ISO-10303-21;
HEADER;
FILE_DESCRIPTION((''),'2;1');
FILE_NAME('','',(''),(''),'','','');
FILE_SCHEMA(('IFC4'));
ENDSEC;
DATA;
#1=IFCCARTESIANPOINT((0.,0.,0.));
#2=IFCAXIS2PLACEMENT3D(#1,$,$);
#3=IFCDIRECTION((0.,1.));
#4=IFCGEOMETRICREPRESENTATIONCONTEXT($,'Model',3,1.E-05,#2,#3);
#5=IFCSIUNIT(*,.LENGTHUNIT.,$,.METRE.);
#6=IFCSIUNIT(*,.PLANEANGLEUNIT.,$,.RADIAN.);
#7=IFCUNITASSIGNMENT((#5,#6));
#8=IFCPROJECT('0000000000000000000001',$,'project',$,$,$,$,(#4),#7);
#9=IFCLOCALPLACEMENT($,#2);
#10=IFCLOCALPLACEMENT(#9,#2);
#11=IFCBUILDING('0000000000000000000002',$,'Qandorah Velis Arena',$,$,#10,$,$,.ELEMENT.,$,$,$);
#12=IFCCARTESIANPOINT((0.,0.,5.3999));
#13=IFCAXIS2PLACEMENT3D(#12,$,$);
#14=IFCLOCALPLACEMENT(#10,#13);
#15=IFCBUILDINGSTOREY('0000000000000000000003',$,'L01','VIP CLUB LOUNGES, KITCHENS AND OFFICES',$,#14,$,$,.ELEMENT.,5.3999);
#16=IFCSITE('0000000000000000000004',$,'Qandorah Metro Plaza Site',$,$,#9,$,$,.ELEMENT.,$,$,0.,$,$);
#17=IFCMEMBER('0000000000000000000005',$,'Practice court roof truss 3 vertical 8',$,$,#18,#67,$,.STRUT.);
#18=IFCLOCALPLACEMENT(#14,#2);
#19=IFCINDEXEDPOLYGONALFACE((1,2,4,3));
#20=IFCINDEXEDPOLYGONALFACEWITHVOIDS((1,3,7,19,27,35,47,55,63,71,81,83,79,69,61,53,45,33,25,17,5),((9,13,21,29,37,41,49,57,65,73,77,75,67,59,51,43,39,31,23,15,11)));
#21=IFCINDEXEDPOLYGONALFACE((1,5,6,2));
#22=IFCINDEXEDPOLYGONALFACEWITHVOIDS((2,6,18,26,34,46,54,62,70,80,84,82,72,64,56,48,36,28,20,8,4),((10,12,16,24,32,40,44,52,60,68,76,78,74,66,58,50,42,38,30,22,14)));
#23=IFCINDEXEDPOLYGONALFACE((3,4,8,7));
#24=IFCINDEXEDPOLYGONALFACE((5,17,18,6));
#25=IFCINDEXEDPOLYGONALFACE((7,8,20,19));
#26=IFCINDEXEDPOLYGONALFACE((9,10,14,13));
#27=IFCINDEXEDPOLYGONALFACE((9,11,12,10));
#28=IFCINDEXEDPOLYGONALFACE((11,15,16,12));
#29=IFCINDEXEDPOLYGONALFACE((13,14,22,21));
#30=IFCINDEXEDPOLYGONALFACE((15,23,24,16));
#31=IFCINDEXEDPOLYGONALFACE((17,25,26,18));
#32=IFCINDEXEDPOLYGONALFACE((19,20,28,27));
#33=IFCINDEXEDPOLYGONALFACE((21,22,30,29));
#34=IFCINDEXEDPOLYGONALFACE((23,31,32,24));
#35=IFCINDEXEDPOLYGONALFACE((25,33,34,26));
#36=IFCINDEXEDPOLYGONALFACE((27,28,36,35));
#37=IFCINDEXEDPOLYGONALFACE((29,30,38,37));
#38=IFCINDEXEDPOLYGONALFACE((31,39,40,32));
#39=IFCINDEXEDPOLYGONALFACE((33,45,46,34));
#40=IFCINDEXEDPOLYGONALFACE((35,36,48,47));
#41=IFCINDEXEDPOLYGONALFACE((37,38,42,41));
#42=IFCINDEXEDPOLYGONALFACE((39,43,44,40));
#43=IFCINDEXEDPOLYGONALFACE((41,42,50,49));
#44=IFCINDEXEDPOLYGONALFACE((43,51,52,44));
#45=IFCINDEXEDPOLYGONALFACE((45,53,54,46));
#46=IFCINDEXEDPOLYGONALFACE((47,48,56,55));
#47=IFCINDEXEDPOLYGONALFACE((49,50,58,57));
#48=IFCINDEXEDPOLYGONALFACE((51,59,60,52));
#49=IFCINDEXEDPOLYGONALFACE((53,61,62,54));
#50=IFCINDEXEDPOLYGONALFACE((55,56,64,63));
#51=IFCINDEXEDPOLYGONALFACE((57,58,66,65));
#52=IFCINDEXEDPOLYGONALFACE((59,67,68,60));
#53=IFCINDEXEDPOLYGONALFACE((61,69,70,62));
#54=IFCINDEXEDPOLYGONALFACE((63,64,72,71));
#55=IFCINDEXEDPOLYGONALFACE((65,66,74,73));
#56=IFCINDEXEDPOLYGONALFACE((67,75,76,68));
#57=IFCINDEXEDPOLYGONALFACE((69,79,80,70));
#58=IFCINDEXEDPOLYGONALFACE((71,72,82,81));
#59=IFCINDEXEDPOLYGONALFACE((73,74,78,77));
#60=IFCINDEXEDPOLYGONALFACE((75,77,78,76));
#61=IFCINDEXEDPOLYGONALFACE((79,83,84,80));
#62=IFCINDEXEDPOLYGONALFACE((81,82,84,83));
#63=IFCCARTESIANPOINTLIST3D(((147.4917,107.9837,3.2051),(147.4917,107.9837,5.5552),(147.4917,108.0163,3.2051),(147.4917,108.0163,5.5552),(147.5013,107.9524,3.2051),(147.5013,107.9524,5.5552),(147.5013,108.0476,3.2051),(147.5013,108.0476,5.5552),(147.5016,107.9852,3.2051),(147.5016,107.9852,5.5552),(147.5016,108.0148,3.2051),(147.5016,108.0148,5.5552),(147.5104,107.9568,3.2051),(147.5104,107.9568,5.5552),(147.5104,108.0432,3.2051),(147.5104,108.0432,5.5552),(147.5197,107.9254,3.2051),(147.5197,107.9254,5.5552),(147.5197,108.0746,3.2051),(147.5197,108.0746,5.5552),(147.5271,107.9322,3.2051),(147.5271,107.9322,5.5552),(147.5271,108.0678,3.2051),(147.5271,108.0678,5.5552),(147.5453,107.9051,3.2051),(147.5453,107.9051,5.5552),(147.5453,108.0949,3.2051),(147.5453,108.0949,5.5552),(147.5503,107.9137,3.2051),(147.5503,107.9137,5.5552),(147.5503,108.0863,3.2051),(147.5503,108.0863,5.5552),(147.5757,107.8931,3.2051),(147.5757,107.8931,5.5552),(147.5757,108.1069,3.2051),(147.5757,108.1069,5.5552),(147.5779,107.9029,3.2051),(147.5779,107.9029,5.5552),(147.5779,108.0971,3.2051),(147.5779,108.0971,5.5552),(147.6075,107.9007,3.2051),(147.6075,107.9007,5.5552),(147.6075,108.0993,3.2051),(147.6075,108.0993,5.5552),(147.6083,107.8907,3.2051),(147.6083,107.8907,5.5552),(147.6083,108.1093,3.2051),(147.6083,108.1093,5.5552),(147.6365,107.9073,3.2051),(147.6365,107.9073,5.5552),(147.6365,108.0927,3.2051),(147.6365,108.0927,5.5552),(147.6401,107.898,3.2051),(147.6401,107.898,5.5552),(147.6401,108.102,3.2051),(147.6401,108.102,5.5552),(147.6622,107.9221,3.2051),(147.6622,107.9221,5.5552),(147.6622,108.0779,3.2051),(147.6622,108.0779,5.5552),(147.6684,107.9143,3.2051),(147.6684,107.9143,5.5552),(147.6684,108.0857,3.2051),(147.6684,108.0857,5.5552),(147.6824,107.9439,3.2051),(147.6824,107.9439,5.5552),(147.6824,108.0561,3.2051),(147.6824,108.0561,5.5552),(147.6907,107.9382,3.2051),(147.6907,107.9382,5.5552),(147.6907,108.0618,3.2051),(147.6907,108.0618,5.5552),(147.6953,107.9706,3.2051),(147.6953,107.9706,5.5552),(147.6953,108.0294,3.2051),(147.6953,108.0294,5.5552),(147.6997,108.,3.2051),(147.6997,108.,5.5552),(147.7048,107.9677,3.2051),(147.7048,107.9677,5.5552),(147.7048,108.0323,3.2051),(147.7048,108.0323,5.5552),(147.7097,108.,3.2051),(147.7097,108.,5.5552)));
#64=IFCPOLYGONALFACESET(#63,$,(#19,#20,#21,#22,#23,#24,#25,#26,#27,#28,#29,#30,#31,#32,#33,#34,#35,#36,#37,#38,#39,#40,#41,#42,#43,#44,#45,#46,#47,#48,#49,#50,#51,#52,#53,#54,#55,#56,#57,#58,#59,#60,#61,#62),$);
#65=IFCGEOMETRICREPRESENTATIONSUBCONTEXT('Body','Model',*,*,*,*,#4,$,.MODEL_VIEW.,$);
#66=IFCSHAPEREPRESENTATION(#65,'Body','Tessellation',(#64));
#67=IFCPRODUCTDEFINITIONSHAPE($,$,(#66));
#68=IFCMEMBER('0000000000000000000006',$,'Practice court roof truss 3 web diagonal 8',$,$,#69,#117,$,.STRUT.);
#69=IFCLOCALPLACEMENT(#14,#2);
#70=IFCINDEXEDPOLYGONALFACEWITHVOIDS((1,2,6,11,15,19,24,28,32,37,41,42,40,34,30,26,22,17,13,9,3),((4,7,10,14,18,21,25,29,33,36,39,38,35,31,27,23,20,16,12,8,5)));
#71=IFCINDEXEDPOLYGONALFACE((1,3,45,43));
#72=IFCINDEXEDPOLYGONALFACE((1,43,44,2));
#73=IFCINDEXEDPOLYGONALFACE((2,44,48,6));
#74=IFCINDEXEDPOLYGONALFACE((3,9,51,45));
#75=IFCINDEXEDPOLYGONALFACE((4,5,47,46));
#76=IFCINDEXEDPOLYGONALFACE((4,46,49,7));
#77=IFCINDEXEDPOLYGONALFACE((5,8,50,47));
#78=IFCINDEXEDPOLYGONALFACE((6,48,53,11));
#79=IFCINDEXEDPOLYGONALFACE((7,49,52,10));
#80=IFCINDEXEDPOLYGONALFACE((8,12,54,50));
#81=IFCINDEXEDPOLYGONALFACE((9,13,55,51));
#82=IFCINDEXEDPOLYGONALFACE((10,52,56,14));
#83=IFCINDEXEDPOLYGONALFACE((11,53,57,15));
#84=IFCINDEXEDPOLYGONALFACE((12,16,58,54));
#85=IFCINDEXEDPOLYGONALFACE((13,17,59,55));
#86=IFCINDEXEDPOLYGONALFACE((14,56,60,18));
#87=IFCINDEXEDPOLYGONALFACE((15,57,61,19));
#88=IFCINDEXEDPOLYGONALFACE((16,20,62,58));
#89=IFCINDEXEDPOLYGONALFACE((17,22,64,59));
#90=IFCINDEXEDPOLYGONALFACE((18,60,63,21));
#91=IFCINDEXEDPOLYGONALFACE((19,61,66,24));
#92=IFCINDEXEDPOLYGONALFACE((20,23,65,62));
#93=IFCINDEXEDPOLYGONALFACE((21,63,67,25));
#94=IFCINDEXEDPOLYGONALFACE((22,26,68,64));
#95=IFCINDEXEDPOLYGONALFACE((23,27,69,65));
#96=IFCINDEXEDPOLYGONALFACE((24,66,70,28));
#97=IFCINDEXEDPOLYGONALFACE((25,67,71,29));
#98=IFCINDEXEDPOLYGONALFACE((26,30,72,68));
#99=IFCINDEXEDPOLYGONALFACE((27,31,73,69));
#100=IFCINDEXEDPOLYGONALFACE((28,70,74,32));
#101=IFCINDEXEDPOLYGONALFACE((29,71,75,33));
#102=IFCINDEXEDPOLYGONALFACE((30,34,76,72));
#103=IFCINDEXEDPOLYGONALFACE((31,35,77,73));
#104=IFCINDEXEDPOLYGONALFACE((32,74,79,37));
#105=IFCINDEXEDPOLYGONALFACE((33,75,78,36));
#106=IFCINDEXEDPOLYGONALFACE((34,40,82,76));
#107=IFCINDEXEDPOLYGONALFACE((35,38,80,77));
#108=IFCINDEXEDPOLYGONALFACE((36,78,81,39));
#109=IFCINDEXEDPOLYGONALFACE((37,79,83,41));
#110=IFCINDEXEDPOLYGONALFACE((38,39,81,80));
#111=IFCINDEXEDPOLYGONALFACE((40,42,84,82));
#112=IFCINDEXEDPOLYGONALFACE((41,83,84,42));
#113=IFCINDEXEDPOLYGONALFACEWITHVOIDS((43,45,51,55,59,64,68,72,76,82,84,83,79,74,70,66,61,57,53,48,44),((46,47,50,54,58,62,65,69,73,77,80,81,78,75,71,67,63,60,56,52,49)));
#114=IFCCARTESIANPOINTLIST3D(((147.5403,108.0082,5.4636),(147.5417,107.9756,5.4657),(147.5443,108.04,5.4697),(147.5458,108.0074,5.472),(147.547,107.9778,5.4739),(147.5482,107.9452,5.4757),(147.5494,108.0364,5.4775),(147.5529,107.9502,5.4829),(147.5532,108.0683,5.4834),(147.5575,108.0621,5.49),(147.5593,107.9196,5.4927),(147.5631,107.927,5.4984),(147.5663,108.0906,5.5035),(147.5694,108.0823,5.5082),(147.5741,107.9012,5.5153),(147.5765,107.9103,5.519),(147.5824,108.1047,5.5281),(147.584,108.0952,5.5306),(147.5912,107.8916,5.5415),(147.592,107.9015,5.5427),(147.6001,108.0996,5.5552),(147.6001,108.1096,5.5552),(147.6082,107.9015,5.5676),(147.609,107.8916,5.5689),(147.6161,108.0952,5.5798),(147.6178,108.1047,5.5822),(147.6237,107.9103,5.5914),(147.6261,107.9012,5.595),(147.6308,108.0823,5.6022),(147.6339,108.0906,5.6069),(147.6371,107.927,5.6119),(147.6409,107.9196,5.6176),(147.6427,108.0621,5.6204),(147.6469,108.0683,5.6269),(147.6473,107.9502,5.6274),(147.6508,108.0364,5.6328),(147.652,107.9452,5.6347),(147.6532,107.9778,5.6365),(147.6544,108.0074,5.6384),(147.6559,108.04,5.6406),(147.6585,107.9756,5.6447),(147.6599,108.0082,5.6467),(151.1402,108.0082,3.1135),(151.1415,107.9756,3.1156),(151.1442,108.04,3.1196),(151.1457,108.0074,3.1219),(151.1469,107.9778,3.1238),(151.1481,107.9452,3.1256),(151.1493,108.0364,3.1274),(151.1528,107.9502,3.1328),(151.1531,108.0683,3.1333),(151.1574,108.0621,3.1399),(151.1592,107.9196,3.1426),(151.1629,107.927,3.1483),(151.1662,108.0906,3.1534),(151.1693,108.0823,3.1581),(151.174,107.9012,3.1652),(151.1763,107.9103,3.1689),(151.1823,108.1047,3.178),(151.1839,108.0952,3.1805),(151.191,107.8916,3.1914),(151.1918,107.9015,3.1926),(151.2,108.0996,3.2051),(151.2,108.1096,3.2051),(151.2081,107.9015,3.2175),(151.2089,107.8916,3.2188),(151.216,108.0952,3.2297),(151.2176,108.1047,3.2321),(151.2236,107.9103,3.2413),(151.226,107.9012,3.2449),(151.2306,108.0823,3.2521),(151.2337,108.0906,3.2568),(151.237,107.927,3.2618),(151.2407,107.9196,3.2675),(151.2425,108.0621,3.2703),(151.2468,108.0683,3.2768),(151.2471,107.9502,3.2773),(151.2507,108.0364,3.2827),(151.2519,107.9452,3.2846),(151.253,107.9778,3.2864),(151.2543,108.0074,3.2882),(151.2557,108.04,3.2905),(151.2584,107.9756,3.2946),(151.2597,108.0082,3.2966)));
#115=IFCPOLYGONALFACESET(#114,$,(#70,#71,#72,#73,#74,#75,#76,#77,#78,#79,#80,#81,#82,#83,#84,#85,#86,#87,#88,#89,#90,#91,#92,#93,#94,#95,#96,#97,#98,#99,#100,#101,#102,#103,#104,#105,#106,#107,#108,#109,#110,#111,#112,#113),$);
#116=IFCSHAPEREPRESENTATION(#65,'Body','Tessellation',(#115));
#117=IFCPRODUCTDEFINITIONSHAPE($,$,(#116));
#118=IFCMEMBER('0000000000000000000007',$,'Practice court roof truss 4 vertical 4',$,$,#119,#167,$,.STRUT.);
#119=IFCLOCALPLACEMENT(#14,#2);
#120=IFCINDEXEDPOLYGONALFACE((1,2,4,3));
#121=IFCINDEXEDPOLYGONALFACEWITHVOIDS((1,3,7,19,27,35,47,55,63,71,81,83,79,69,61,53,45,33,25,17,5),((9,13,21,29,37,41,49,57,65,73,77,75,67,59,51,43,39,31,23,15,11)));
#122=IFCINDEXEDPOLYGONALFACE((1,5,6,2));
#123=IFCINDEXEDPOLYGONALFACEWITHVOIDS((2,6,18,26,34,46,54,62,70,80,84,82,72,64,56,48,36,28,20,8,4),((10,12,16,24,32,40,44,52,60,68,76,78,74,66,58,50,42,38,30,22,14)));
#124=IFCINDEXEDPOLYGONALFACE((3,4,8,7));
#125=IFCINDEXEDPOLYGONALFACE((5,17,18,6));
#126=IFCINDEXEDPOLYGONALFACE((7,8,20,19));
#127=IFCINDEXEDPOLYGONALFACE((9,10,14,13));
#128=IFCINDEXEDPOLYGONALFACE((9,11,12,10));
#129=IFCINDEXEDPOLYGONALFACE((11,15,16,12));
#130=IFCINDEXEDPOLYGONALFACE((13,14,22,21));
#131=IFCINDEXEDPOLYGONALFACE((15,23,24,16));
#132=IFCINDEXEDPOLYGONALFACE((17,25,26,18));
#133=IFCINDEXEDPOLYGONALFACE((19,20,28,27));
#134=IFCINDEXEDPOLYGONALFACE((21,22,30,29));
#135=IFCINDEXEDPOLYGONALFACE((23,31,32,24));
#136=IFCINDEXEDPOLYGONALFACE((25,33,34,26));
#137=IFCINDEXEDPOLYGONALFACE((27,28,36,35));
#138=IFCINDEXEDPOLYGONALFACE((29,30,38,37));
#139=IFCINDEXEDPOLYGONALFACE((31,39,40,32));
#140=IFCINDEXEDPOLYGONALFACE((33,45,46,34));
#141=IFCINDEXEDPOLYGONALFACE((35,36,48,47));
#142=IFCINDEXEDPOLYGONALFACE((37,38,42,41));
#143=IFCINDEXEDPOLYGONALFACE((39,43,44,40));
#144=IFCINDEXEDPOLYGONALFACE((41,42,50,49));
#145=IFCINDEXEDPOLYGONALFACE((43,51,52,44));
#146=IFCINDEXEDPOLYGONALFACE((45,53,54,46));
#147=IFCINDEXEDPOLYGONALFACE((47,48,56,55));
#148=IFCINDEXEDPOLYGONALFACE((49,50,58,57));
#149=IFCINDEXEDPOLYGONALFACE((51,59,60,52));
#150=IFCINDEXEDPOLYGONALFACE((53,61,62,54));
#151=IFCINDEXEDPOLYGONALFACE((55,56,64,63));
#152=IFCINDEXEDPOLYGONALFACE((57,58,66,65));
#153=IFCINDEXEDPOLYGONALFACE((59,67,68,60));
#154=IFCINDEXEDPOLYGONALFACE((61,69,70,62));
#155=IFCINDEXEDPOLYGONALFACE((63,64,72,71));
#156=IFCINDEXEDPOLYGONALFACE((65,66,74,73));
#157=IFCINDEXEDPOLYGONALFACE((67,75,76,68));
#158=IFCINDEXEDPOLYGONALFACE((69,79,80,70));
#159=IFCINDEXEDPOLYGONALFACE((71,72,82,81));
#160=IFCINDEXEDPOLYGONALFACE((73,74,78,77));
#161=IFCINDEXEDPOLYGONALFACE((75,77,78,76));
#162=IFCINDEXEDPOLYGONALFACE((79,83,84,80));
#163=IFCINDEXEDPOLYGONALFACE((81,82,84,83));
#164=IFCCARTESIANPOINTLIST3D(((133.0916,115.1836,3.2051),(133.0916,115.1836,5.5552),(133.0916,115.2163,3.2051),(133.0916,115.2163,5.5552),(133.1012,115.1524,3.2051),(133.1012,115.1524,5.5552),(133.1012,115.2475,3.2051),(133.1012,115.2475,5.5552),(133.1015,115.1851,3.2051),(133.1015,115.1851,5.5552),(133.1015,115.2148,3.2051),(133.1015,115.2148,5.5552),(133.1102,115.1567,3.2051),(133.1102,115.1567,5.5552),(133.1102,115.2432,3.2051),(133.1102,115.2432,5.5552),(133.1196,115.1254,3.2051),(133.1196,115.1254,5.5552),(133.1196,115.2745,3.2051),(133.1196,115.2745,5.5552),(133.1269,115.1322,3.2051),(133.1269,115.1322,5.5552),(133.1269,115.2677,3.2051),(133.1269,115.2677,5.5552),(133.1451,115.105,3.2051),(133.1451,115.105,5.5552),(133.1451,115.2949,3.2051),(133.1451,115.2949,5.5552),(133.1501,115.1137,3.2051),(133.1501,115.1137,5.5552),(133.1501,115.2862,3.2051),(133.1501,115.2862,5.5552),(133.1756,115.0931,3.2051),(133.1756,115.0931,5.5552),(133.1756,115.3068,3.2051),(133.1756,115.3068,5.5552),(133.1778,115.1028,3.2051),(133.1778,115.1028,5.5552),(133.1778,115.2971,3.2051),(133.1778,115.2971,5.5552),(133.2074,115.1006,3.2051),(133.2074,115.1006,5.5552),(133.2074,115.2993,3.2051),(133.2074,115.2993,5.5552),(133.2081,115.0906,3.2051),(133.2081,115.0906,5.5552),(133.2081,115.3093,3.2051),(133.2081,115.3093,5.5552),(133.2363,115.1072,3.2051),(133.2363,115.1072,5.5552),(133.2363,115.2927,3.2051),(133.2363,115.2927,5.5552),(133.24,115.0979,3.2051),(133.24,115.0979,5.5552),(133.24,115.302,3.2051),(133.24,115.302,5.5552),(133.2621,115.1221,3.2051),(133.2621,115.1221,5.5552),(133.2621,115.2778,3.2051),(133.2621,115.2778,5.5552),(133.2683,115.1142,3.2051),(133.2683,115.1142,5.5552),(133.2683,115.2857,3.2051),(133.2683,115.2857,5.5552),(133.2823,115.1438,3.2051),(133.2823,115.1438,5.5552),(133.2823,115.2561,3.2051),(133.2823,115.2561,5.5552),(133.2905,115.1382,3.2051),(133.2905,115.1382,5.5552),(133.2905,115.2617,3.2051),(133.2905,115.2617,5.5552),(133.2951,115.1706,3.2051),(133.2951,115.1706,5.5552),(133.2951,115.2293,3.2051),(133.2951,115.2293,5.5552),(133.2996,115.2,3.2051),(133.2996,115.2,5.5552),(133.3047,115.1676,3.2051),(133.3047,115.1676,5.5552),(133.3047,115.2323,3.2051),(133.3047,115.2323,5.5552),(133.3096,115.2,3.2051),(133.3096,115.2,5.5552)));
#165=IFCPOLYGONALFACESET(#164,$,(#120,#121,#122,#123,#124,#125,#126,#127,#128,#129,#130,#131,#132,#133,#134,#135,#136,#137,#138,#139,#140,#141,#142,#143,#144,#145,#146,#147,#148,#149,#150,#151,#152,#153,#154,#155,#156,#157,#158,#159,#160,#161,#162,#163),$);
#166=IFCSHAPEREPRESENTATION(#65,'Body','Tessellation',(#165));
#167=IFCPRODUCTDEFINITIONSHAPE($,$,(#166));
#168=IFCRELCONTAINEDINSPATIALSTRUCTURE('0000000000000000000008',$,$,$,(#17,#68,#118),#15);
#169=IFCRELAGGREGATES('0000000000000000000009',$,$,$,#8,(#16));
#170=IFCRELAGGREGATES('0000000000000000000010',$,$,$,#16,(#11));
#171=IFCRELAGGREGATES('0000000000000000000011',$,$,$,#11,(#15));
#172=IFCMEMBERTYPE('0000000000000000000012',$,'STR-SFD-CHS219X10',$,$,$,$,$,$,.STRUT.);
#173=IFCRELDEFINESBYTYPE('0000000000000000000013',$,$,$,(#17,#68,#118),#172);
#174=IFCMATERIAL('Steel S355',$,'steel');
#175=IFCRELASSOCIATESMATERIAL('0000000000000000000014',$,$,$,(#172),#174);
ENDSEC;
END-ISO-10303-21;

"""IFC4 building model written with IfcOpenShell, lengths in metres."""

from ifc_helpers import new_model, si_unit, direction, frame, origin, origin_2d, place, context, subcontext, project, spatial, hollow_circle, extrude, material, material_profile, profile_set, type_object, element, save


model = new_model("IFC4")

# Units and contexts
model_context = context("Model", 3, precision=1e-05, world=origin(), true_north=direction((0.0, 1.0)))
body_context = subcontext(model_context, "Body", "Model", "MODEL_VIEW")
ifc_project = project(units=[si_unit("LENGTHUNIT", "METRE"), si_unit("PLANEANGLEUNIT", "RADIAN")], contexts=[model_context])

# Site, building, storey
site_placement = place(None, origin())
site = spatial("IfcSite", under=ifc_project, at=site_placement, Name="Qandorah Metro Plaza Site", CompositionType="ELEMENT", RefElevation=0.0)
building_placement = place(site_placement, origin())
building = spatial("IfcBuilding", under=site, at=building_placement, Name="Qandorah Velis Arena", CompositionType="ELEMENT")
storey_placement = place(building_placement, frame((0.0, 0.0, 5.3999)))
storey = spatial("IfcBuildingStorey", under=building, at=storey_placement, Name="L01", Description="VIP CLUB LOUNGES, KITCHENS AND OFFICES", CompositionType="ELEMENT", Elevation=5.3999)

# Members
ifc_material = material(Name="Steel S355", Category="steel")
ifc_material_profile = material_profile(ifc_material, hollow_circle(Radius=0.1096, WallThickness=0.01, at=origin_2d()), Name="CHS 219.1x10")
ifc_profile_set = profile_set([ifc_material_profile], Name="Steel S355")
member_type = type_object("IfcMemberType", Name="STR-SFD-CHS219X10", PredefinedType="STRUT", material=ifc_profile_set)
member_1_placement = place(storey_placement, frame((147.6001, 108.0, 3.2051), z_axis=(0.0, 0.0, 1.0), x_axis=(1.0, 0.0, 0.0)))
element("IfcMember", 1, at=member_1_placement, inside=storey, type_object=member_type, Name="Practice court roof truss 3 vertical 8", PredefinedType="STRUT", context=body_context, shape_type="SweptSolid", body=[
    extrude(hollow_circle(Radius=0.1096, WallThickness=0.01, at=origin_2d()), origin(), (0.0, 0.0, 1.0), 2.3501),
])
member_2_placement = place(storey_placement, frame((147.6001, 108.0, 5.5552), z_axis=(0.837359, 0.0, -0.546654), x_axis=(0.0, 1.0, 0.0)))
element("IfcMember", 2, at=member_2_placement, inside=storey, type_object=member_type, Name="Practice court roof truss 3 web diagonal 8", PredefinedType="STRUT", context=body_context, shape_type="SweptSolid", body=[
    extrude(hollow_circle(Radius=0.1096, WallThickness=0.01, at=origin_2d()), origin(), (0.0, 0.0, 1.0), 4.2991),
])
member_3_placement = place(storey_placement, frame((133.2, 115.2, 3.2051), z_axis=(0.0, 0.0, 1.0), x_axis=(1.0, 0.0, 0.0)))
element("IfcMember", 3, at=member_3_placement, inside=storey, type_object=member_type, Name="Practice court roof truss 4 vertical 4", PredefinedType="STRUT", context=body_context, shape_type="SweptSolid", body=[
    extrude(hollow_circle(Radius=0.1096, WallThickness=0.01, at=origin_2d()), origin(), (0.0, 0.0, 1.0), 2.3501),
])

save(model, "model.ifc")
